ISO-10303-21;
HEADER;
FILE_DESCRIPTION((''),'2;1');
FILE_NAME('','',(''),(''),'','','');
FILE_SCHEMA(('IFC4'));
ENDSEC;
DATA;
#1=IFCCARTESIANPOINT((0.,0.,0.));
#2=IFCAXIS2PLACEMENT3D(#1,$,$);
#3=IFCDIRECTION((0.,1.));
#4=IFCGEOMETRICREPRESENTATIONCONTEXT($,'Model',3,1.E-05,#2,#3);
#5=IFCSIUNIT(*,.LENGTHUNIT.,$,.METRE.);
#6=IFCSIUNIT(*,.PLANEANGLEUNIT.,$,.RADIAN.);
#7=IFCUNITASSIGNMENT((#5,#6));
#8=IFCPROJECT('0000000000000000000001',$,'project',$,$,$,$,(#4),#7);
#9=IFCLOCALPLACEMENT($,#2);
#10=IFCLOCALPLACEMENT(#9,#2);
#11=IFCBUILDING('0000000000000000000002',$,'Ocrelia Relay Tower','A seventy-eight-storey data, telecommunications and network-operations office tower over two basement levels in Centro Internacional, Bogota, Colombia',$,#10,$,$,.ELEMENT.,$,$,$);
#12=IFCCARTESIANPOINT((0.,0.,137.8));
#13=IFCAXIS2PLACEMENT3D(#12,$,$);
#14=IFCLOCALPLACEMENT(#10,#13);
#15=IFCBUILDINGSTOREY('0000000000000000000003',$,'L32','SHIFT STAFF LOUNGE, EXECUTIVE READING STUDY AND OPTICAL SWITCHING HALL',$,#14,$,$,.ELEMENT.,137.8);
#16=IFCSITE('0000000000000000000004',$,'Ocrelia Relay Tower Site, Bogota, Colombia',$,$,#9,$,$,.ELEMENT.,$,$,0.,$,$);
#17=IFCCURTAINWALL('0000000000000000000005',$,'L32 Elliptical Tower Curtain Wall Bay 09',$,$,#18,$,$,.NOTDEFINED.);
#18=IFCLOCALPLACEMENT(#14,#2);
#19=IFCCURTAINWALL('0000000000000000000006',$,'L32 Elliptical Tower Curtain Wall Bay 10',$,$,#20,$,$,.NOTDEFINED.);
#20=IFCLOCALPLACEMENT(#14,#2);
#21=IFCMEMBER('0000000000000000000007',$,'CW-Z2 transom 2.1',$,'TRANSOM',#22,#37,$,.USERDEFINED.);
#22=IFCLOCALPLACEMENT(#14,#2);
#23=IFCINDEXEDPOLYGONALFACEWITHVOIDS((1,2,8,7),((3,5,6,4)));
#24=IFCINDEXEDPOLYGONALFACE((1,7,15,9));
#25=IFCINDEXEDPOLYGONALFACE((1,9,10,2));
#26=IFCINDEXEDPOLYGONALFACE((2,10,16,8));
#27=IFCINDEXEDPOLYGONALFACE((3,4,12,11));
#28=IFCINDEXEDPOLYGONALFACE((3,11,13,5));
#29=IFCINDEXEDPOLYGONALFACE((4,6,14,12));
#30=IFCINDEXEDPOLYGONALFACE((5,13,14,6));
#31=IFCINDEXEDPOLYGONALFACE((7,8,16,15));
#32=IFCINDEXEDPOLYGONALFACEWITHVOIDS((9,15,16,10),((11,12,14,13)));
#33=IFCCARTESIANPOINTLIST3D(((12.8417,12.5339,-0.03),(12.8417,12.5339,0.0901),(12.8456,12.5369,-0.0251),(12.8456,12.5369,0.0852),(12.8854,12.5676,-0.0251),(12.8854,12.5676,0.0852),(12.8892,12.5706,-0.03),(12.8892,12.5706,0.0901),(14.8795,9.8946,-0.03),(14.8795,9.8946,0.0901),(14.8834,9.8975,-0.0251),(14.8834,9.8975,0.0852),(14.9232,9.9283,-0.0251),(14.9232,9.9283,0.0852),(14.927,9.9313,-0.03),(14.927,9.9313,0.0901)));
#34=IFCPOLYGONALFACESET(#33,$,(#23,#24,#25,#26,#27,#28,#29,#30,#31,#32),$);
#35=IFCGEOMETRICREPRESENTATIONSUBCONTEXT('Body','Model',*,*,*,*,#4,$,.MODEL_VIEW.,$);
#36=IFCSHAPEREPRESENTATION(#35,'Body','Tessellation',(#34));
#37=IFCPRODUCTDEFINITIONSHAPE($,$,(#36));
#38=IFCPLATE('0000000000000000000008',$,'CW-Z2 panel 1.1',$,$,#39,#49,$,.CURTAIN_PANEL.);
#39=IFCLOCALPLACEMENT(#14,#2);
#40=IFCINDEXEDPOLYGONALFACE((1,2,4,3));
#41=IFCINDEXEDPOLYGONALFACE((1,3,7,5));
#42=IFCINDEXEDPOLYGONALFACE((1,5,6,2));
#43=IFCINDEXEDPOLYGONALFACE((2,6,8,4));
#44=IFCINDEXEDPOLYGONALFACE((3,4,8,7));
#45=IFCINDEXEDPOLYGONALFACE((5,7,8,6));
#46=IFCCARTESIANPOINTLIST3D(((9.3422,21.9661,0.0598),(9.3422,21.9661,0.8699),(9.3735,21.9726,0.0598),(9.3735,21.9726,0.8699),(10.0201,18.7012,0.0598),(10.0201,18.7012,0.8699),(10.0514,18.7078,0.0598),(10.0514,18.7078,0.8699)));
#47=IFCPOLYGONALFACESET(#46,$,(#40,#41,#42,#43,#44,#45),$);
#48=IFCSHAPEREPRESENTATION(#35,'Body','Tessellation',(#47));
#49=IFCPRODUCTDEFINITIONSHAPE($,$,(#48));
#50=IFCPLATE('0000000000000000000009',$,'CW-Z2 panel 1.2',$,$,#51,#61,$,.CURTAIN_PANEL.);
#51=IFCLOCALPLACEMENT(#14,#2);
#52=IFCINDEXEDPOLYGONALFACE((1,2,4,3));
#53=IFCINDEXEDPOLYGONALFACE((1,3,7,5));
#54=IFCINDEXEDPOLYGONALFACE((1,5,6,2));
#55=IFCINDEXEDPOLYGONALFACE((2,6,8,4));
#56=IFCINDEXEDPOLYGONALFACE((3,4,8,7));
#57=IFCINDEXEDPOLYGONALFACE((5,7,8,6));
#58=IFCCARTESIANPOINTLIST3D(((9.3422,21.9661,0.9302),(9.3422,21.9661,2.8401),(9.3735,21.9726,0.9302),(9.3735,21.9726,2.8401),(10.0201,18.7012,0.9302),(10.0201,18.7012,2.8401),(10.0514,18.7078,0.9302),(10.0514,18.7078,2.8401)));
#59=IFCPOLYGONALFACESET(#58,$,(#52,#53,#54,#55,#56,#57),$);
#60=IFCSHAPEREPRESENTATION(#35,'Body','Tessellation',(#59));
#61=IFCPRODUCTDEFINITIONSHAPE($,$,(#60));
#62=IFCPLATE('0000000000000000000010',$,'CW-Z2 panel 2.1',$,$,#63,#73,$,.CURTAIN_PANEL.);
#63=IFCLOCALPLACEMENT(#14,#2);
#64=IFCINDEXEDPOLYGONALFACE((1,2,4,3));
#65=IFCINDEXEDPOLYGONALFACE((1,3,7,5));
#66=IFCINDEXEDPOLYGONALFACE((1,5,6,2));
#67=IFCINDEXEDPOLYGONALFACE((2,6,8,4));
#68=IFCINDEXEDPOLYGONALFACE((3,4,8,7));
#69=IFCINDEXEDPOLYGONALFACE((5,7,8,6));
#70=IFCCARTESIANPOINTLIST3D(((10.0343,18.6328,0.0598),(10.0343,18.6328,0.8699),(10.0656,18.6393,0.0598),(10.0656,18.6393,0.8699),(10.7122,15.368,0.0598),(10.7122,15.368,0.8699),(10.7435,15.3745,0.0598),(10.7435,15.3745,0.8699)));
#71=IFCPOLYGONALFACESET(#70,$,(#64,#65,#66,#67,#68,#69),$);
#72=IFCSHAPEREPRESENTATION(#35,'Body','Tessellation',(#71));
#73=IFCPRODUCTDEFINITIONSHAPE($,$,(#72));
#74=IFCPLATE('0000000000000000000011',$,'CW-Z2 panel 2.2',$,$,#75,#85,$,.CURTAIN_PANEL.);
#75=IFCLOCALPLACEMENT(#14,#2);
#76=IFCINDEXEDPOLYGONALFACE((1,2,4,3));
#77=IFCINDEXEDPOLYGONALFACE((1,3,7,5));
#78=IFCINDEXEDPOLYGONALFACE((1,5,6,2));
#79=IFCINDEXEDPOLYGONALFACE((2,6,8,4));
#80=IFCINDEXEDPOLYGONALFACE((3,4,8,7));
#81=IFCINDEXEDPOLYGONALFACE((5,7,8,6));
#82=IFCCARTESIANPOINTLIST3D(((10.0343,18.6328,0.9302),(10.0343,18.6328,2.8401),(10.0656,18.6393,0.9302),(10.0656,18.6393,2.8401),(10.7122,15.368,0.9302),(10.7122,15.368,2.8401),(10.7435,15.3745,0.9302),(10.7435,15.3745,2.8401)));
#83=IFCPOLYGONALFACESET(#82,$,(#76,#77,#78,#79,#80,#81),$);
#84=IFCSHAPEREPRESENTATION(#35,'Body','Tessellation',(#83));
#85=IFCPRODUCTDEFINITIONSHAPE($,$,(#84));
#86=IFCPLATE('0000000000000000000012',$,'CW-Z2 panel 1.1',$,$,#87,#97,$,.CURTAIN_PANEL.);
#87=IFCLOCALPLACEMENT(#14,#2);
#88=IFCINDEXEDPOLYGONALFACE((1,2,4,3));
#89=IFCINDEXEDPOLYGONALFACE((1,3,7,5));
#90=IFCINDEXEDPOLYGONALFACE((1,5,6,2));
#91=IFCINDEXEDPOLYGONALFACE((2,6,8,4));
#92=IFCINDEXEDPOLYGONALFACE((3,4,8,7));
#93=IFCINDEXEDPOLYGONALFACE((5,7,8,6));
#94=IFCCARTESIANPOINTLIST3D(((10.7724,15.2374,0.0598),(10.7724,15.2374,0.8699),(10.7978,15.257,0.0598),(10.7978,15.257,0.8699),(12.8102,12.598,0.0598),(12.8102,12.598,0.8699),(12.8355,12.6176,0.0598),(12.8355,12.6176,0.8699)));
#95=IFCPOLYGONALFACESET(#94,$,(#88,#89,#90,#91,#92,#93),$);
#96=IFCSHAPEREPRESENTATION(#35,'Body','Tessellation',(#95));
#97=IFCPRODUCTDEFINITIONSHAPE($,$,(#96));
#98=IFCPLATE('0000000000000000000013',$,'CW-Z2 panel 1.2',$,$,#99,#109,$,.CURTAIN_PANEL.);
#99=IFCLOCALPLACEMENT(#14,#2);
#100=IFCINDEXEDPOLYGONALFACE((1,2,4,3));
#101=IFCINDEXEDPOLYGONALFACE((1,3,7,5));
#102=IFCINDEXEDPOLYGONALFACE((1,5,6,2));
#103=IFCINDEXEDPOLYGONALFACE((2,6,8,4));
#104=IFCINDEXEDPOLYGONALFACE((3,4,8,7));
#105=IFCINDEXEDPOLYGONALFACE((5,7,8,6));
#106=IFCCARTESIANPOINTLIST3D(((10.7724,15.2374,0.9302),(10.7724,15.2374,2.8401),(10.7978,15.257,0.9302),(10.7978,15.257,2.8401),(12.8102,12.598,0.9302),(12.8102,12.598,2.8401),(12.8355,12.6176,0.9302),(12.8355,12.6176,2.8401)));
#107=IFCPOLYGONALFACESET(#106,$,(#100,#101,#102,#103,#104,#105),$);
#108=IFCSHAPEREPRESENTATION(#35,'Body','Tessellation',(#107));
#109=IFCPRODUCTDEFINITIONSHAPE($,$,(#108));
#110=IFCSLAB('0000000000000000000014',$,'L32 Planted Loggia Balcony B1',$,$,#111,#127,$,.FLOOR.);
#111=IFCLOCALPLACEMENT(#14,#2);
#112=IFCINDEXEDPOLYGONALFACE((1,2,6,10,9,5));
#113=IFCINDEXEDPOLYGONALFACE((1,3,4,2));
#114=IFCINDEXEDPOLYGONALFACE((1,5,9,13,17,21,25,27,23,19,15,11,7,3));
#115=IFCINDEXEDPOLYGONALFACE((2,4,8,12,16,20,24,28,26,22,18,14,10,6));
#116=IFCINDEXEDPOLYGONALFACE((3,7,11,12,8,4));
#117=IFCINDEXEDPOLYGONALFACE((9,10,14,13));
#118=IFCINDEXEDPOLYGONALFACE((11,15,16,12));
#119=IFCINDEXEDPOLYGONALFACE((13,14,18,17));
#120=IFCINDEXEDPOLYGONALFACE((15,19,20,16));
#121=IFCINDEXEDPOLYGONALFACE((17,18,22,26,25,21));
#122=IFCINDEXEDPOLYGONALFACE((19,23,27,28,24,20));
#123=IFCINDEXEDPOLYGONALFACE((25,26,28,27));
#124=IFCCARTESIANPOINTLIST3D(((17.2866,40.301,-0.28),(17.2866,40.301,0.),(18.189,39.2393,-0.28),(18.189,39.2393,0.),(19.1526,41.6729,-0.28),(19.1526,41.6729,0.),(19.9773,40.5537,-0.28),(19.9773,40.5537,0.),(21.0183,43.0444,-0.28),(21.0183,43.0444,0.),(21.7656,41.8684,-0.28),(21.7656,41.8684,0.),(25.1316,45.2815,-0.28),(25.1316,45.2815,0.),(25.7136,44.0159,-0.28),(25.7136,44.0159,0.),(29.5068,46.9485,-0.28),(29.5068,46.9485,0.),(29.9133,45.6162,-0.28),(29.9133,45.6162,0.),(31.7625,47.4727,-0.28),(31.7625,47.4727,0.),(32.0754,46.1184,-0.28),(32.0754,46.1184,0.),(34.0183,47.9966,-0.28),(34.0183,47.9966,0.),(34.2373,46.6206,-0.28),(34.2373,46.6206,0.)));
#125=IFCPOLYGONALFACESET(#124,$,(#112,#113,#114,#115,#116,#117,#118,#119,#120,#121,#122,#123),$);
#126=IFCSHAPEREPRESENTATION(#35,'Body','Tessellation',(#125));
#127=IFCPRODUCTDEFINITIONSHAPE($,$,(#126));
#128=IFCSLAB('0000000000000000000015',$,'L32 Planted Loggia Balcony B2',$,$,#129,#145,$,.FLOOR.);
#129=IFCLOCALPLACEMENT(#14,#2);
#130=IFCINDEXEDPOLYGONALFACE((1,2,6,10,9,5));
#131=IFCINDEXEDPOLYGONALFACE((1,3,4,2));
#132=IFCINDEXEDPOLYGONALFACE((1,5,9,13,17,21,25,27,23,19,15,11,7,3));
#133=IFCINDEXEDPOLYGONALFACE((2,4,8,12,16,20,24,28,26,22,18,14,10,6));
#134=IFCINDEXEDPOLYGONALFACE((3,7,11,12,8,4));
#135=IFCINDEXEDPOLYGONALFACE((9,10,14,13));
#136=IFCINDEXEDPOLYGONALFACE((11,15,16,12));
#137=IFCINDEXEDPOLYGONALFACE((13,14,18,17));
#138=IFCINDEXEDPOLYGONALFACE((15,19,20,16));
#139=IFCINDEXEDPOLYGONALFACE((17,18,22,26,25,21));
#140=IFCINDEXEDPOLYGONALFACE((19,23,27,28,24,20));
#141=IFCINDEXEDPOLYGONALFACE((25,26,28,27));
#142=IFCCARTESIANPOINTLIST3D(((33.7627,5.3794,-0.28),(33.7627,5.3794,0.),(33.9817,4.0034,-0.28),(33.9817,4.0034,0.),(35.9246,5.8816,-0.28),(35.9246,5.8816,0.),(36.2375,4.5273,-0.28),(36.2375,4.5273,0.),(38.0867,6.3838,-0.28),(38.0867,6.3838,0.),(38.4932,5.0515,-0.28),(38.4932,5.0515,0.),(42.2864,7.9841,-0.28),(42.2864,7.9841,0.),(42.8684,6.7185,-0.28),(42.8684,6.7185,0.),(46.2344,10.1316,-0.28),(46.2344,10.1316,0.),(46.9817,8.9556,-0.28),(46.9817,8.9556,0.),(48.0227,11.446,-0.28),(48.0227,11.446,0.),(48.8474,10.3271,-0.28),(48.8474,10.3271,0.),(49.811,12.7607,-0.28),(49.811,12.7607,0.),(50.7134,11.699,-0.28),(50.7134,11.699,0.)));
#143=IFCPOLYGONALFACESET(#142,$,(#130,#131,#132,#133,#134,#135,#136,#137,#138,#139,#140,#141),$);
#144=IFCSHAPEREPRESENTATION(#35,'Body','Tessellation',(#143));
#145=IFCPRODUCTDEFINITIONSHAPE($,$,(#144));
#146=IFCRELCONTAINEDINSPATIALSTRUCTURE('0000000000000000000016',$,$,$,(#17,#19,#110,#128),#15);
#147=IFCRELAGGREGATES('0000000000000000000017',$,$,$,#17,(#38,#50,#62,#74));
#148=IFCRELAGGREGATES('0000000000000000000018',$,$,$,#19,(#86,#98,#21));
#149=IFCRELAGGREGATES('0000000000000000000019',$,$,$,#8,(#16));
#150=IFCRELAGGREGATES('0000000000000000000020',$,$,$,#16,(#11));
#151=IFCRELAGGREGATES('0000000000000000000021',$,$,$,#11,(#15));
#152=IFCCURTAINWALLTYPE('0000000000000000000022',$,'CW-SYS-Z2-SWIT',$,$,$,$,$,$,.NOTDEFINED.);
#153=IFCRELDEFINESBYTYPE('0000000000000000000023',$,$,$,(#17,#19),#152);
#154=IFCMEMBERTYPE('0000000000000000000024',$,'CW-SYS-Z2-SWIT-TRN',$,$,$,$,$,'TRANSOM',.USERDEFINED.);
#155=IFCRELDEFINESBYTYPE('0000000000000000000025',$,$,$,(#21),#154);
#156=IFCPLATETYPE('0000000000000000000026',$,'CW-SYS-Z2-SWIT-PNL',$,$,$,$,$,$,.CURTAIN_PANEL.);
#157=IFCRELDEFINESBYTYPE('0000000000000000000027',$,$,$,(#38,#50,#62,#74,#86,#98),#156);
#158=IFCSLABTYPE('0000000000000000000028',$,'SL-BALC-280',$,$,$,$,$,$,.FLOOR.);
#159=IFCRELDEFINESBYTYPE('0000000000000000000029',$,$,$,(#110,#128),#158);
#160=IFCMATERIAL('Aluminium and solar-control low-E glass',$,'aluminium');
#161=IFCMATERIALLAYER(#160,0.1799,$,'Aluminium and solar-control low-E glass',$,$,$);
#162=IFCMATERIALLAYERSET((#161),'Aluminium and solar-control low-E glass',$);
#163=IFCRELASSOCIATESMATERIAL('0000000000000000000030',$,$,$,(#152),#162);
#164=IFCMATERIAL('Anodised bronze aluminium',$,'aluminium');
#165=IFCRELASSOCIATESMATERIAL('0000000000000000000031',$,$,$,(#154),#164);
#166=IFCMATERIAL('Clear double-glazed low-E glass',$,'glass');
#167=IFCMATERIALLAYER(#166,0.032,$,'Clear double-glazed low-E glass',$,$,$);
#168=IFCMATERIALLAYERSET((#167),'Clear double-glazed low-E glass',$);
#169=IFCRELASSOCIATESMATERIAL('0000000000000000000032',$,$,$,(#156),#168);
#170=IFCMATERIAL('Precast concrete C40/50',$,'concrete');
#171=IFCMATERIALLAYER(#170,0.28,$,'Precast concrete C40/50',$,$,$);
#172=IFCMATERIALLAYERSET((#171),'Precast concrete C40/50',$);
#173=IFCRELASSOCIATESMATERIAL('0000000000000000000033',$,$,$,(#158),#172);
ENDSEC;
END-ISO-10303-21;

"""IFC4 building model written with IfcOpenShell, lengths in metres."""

from ifc_helpers import new_model, si_unit, direction, frame, origin, origin_2d, place, context, subcontext, project, spatial, polyline, rectangle, hollow_rectangle, outline, extrude, material, layer, layer_set, material_profile, profile_set, type_object, element, aggregate, save


model = new_model("IFC4")

# Units and contexts
model_context = context("Model", 3, precision=1e-05, world=origin(), true_north=direction((0.0, 1.0)))
body_context = subcontext(model_context, "Body", "Model", "MODEL_VIEW")
ifc_project = project(units=[si_unit("LENGTHUNIT", "METRE"), si_unit("PLANEANGLEUNIT", "RADIAN")], contexts=[model_context])

# Site, building, storey
site_placement = place(None, origin())
site = spatial("IfcSite", under=ifc_project, at=site_placement, Name="Ocrelia Relay Tower Site, Bogota, Colombia", CompositionType="ELEMENT", RefElevation=0.0)
building_placement = place(site_placement, origin())
building = spatial("IfcBuilding", under=site, at=building_placement, Name="Ocrelia Relay Tower", Description="A seventy-eight-storey data, telecommunications and network-operations office tower over two basement levels in Centro Internacional, Bogota, Colombia", CompositionType="ELEMENT")
storey_placement = place(building_placement, frame((0.0, 0.0, 137.8)))
storey = spatial("IfcBuildingStorey", under=building, at=storey_placement, Name="L32", Description="SHIFT STAFF LOUNGE, EXECUTIVE READING STUDY AND OPTICAL SWITCHING HALL", CompositionType="ELEMENT", Elevation=137.8)

# Curtain walls
ifc_material_1 = material(Name="Aluminium and solar-control low-E glass", Category="aluminium")
ifc_layer_1 = layer(ifc_material_1, 0.1799, Name="Aluminium and solar-control low-E glass")
ifc_layer_set_1 = layer_set([ifc_layer_1], Name="Aluminium and solar-control low-E glass")
curtain_wall_type = type_object("IfcCurtainWallType", Name="CW-SYS-Z2-SWIT", PredefinedType="NOTDEFINED", material=ifc_layer_set_1)
curtain_wall_1_placement = place(storey_placement, origin())
curtain_wall_1 = element("IfcCurtainWall", 1, at=curtain_wall_1_placement, inside=storey, type_object=curtain_wall_type, Name="L32 Elliptical Tower Curtain Wall Bay 09", PredefinedType="NOTDEFINED")
ifc_material_2 = material(Name="Anodised bronze aluminium", Category="aluminium")
curtain_wall_2_placement = place(storey_placement, origin())
curtain_wall_2 = element("IfcCurtainWall", 2, at=curtain_wall_2_placement, inside=storey, type_object=curtain_wall_type, Name="L32 Elliptical Tower Curtain Wall Bay 10", PredefinedType="NOTDEFINED")

# Member
ifc_material_profile_1 = material_profile(ifc_material_2, hollow_rectangle(XDim=0.0601, YDim=0.1201, WallThickness=0.0049, at=origin_2d()), Name="CW-TRN-120x60")
ifc_profile_set_1 = profile_set([ifc_material_profile_1], Name="Anodised bronze aluminium")
member_type_1 = type_object("IfcMemberType", Name="CW-SYS-Z2-SWIT-TRN", ElementType="TRANSOM", PredefinedType="USERDEFINED", material=ifc_profile_set_1)
member_1_placement = place(storey_placement, frame((12.8655, 12.5522, 0.03), z_axis=(0.611129, -0.791531, 0.0), x_axis=(0.791531, 0.611129, 0.0)))
member_1 = element("IfcMember", 3, at=member_1_placement, type_object=member_type_1, Name="CW-Z2 transom 2.1", ObjectType="TRANSOM", PredefinedType="USERDEFINED", context=body_context, shape_type="SweptSolid", body=[
    extrude(hollow_rectangle(XDim=0.0601, YDim=0.1201, WallThickness=0.0049, at=origin_2d()), origin(), (0.0, 0.0, 1.0), 3.3345),
])

# Plates
ifc_material_3 = material(Name="Clear double-glazed low-E glass", Category="glass")
ifc_layer_2 = layer(ifc_material_3, 0.032, Name="Clear double-glazed low-E glass")
ifc_layer_set_2 = layer_set([ifc_layer_2], Name="Clear double-glazed low-E glass")
plate_type = type_object("IfcPlateType", Name="CW-SYS-Z2-SWIT-PNL", PredefinedType="CURTAIN_PANEL", material=ifc_layer_set_2)
plate_1_placement = place(storey_placement, frame((9.6968, 20.3369, 0.0598), z_axis=(0.0, 0.0, 1.0), x_axis=(0.203312, -0.979114, 0.0)))
plate_1 = element("IfcPlate", 4, at=plate_1_placement, type_object=plate_type, Name="CW-Z2 panel 1.1", PredefinedType="CURTAIN_PANEL", context=body_context, shape_type="SweptSolid", body=[
    extrude(rectangle(XDim=3.3345, YDim=0.032, at=origin_2d()), origin(), (0.0, 0.0, 1.0), 0.8101),
])
plate_2_placement = place(storey_placement, frame((9.6968, 20.3369, 0.9302), z_axis=(0.0, 0.0, 1.0), x_axis=(0.203312, -0.979114, 0.0)))
plate_2 = element("IfcPlate", 5, at=plate_2_placement, type_object=plate_type, Name="CW-Z2 panel 1.2", PredefinedType="CURTAIN_PANEL", context=body_context, shape_type="SweptSolid", body=[
    extrude(rectangle(XDim=3.3345, YDim=0.032, at=origin_2d()), origin(), (0.0, 0.0, 1.0), 1.9099),
])
plate_3_placement = place(storey_placement, frame((10.3889, 17.0037, 0.0598), z_axis=(0.0, 0.0, 1.0), x_axis=(0.203312, -0.979114, 0.0)))
plate_3 = element("IfcPlate", 6, at=plate_3_placement, type_object=plate_type, Name="CW-Z2 panel 2.1", PredefinedType="CURTAIN_PANEL", context=body_context, shape_type="SweptSolid", body=[
    extrude(rectangle(XDim=3.3345, YDim=0.032, at=origin_2d()), origin(), (0.0, 0.0, 1.0), 0.8101),
])
plate_4_placement = place(storey_placement, frame((10.3889, 17.0037, 0.9302), z_axis=(0.0, 0.0, 1.0), x_axis=(0.203312, -0.979114, 0.0)))
plate_4 = element("IfcPlate", 7, at=plate_4_placement, type_object=plate_type, Name="CW-Z2 panel 2.2", PredefinedType="CURTAIN_PANEL", context=body_context, shape_type="SweptSolid", body=[
    extrude(rectangle(XDim=3.3345, YDim=0.032, at=origin_2d()), origin(), (0.0, 0.0, 1.0), 1.9099),
])
aggregate(curtain_wall_1, [plate_1, plate_2, plate_3, plate_4])
plate_5_placement = place(storey_placement, frame((11.804, 13.9275, 0.0598), z_axis=(0.0, 0.0, 1.0), x_axis=(0.611104, -0.791551, 0.0)))
plate_5 = element("IfcPlate", 8, at=plate_5_placement, type_object=plate_type, Name="CW-Z2 panel 1.1", PredefinedType="CURTAIN_PANEL", context=body_context, shape_type="SweptSolid", body=[
    extrude(rectangle(XDim=3.3345, YDim=0.032, at=origin_2d()), origin(), (0.0, 0.0, 1.0), 0.8101),
])
plate_6_placement = place(storey_placement, frame((11.804, 13.9275, 0.9302), z_axis=(0.0, 0.0, 1.0), x_axis=(0.611104, -0.791551, 0.0)))
plate_6 = element("IfcPlate", 9, at=plate_6_placement, type_object=plate_type, Name="CW-Z2 panel 1.2", PredefinedType="CURTAIN_PANEL", context=body_context, shape_type="SweptSolid", body=[
    extrude(rectangle(XDim=3.3345, YDim=0.032, at=origin_2d()), origin(), (0.0, 0.0, 1.0), 1.9099),
])
aggregate(curtain_wall_2, [plate_5, plate_6, member_1])

# Slabs
ifc_material_4 = material(Name="Precast concrete C40/50", Category="concrete")
ifc_layer_3 = layer(ifc_material_4, 0.28, Name="Precast concrete C40/50")
ifc_layer_set_3 = layer_set([ifc_layer_3], Name="Precast concrete C40/50")
slab_type_1 = type_object("IfcSlabType", Name="SL-BALC-280", PredefinedType="FLOOR", material=ifc_layer_set_3)
slab_1_placement = place(storey_placement, frame((0.0, 0.0, -0.28)))
element("IfcSlab", 10, at=slab_1_placement, inside=storey, type_object=slab_type_1, Name="L32 Planted Loggia Balcony B1", PredefinedType="FLOOR", context=body_context, shape_type="SweptSolid", body=[
    extrude(outline(polyline([(34.2373, 46.6206), (32.0754, 46.1184), (29.9133, 45.6162), (25.7136, 44.0159), (21.7656, 41.8684), (19.9773, 40.5537), (18.189, 39.2393), (17.2866, 40.301), (19.1526, 41.6729), (21.0183, 43.0444), (25.1316, 45.2815), (29.5068, 46.9485), (31.7625, 47.4727), (34.0183, 47.9966), (34.2373, 46.6206)])), origin(), (0.0, 0.0, 1.0), 0.28),
])
slab_2_placement = place(storey_placement, frame((0.0, 0.0, -0.28)))
element("IfcSlab", 11, at=slab_2_placement, inside=storey, type_object=slab_type_1, Name="L32 Planted Loggia Balcony B2", PredefinedType="FLOOR", context=body_context, shape_type="SweptSolid", body=[
    extrude(outline(polyline([(33.7627, 5.3794), (35.9246, 5.8816), (38.0867, 6.3838), (42.2864, 7.9841), (46.2344, 10.1316), (48.0227, 11.446), (49.811, 12.7607), (50.7134, 11.699), (48.8474, 10.3271), (46.9817, 8.9556), (42.8684, 6.7185), (38.4932, 5.0515), (36.2375, 4.5273), (33.9817, 4.0034), (33.7627, 5.3794)])), origin(), (0.0, 0.0, 1.0), 0.28),
])

save(model, "model.ifc")
